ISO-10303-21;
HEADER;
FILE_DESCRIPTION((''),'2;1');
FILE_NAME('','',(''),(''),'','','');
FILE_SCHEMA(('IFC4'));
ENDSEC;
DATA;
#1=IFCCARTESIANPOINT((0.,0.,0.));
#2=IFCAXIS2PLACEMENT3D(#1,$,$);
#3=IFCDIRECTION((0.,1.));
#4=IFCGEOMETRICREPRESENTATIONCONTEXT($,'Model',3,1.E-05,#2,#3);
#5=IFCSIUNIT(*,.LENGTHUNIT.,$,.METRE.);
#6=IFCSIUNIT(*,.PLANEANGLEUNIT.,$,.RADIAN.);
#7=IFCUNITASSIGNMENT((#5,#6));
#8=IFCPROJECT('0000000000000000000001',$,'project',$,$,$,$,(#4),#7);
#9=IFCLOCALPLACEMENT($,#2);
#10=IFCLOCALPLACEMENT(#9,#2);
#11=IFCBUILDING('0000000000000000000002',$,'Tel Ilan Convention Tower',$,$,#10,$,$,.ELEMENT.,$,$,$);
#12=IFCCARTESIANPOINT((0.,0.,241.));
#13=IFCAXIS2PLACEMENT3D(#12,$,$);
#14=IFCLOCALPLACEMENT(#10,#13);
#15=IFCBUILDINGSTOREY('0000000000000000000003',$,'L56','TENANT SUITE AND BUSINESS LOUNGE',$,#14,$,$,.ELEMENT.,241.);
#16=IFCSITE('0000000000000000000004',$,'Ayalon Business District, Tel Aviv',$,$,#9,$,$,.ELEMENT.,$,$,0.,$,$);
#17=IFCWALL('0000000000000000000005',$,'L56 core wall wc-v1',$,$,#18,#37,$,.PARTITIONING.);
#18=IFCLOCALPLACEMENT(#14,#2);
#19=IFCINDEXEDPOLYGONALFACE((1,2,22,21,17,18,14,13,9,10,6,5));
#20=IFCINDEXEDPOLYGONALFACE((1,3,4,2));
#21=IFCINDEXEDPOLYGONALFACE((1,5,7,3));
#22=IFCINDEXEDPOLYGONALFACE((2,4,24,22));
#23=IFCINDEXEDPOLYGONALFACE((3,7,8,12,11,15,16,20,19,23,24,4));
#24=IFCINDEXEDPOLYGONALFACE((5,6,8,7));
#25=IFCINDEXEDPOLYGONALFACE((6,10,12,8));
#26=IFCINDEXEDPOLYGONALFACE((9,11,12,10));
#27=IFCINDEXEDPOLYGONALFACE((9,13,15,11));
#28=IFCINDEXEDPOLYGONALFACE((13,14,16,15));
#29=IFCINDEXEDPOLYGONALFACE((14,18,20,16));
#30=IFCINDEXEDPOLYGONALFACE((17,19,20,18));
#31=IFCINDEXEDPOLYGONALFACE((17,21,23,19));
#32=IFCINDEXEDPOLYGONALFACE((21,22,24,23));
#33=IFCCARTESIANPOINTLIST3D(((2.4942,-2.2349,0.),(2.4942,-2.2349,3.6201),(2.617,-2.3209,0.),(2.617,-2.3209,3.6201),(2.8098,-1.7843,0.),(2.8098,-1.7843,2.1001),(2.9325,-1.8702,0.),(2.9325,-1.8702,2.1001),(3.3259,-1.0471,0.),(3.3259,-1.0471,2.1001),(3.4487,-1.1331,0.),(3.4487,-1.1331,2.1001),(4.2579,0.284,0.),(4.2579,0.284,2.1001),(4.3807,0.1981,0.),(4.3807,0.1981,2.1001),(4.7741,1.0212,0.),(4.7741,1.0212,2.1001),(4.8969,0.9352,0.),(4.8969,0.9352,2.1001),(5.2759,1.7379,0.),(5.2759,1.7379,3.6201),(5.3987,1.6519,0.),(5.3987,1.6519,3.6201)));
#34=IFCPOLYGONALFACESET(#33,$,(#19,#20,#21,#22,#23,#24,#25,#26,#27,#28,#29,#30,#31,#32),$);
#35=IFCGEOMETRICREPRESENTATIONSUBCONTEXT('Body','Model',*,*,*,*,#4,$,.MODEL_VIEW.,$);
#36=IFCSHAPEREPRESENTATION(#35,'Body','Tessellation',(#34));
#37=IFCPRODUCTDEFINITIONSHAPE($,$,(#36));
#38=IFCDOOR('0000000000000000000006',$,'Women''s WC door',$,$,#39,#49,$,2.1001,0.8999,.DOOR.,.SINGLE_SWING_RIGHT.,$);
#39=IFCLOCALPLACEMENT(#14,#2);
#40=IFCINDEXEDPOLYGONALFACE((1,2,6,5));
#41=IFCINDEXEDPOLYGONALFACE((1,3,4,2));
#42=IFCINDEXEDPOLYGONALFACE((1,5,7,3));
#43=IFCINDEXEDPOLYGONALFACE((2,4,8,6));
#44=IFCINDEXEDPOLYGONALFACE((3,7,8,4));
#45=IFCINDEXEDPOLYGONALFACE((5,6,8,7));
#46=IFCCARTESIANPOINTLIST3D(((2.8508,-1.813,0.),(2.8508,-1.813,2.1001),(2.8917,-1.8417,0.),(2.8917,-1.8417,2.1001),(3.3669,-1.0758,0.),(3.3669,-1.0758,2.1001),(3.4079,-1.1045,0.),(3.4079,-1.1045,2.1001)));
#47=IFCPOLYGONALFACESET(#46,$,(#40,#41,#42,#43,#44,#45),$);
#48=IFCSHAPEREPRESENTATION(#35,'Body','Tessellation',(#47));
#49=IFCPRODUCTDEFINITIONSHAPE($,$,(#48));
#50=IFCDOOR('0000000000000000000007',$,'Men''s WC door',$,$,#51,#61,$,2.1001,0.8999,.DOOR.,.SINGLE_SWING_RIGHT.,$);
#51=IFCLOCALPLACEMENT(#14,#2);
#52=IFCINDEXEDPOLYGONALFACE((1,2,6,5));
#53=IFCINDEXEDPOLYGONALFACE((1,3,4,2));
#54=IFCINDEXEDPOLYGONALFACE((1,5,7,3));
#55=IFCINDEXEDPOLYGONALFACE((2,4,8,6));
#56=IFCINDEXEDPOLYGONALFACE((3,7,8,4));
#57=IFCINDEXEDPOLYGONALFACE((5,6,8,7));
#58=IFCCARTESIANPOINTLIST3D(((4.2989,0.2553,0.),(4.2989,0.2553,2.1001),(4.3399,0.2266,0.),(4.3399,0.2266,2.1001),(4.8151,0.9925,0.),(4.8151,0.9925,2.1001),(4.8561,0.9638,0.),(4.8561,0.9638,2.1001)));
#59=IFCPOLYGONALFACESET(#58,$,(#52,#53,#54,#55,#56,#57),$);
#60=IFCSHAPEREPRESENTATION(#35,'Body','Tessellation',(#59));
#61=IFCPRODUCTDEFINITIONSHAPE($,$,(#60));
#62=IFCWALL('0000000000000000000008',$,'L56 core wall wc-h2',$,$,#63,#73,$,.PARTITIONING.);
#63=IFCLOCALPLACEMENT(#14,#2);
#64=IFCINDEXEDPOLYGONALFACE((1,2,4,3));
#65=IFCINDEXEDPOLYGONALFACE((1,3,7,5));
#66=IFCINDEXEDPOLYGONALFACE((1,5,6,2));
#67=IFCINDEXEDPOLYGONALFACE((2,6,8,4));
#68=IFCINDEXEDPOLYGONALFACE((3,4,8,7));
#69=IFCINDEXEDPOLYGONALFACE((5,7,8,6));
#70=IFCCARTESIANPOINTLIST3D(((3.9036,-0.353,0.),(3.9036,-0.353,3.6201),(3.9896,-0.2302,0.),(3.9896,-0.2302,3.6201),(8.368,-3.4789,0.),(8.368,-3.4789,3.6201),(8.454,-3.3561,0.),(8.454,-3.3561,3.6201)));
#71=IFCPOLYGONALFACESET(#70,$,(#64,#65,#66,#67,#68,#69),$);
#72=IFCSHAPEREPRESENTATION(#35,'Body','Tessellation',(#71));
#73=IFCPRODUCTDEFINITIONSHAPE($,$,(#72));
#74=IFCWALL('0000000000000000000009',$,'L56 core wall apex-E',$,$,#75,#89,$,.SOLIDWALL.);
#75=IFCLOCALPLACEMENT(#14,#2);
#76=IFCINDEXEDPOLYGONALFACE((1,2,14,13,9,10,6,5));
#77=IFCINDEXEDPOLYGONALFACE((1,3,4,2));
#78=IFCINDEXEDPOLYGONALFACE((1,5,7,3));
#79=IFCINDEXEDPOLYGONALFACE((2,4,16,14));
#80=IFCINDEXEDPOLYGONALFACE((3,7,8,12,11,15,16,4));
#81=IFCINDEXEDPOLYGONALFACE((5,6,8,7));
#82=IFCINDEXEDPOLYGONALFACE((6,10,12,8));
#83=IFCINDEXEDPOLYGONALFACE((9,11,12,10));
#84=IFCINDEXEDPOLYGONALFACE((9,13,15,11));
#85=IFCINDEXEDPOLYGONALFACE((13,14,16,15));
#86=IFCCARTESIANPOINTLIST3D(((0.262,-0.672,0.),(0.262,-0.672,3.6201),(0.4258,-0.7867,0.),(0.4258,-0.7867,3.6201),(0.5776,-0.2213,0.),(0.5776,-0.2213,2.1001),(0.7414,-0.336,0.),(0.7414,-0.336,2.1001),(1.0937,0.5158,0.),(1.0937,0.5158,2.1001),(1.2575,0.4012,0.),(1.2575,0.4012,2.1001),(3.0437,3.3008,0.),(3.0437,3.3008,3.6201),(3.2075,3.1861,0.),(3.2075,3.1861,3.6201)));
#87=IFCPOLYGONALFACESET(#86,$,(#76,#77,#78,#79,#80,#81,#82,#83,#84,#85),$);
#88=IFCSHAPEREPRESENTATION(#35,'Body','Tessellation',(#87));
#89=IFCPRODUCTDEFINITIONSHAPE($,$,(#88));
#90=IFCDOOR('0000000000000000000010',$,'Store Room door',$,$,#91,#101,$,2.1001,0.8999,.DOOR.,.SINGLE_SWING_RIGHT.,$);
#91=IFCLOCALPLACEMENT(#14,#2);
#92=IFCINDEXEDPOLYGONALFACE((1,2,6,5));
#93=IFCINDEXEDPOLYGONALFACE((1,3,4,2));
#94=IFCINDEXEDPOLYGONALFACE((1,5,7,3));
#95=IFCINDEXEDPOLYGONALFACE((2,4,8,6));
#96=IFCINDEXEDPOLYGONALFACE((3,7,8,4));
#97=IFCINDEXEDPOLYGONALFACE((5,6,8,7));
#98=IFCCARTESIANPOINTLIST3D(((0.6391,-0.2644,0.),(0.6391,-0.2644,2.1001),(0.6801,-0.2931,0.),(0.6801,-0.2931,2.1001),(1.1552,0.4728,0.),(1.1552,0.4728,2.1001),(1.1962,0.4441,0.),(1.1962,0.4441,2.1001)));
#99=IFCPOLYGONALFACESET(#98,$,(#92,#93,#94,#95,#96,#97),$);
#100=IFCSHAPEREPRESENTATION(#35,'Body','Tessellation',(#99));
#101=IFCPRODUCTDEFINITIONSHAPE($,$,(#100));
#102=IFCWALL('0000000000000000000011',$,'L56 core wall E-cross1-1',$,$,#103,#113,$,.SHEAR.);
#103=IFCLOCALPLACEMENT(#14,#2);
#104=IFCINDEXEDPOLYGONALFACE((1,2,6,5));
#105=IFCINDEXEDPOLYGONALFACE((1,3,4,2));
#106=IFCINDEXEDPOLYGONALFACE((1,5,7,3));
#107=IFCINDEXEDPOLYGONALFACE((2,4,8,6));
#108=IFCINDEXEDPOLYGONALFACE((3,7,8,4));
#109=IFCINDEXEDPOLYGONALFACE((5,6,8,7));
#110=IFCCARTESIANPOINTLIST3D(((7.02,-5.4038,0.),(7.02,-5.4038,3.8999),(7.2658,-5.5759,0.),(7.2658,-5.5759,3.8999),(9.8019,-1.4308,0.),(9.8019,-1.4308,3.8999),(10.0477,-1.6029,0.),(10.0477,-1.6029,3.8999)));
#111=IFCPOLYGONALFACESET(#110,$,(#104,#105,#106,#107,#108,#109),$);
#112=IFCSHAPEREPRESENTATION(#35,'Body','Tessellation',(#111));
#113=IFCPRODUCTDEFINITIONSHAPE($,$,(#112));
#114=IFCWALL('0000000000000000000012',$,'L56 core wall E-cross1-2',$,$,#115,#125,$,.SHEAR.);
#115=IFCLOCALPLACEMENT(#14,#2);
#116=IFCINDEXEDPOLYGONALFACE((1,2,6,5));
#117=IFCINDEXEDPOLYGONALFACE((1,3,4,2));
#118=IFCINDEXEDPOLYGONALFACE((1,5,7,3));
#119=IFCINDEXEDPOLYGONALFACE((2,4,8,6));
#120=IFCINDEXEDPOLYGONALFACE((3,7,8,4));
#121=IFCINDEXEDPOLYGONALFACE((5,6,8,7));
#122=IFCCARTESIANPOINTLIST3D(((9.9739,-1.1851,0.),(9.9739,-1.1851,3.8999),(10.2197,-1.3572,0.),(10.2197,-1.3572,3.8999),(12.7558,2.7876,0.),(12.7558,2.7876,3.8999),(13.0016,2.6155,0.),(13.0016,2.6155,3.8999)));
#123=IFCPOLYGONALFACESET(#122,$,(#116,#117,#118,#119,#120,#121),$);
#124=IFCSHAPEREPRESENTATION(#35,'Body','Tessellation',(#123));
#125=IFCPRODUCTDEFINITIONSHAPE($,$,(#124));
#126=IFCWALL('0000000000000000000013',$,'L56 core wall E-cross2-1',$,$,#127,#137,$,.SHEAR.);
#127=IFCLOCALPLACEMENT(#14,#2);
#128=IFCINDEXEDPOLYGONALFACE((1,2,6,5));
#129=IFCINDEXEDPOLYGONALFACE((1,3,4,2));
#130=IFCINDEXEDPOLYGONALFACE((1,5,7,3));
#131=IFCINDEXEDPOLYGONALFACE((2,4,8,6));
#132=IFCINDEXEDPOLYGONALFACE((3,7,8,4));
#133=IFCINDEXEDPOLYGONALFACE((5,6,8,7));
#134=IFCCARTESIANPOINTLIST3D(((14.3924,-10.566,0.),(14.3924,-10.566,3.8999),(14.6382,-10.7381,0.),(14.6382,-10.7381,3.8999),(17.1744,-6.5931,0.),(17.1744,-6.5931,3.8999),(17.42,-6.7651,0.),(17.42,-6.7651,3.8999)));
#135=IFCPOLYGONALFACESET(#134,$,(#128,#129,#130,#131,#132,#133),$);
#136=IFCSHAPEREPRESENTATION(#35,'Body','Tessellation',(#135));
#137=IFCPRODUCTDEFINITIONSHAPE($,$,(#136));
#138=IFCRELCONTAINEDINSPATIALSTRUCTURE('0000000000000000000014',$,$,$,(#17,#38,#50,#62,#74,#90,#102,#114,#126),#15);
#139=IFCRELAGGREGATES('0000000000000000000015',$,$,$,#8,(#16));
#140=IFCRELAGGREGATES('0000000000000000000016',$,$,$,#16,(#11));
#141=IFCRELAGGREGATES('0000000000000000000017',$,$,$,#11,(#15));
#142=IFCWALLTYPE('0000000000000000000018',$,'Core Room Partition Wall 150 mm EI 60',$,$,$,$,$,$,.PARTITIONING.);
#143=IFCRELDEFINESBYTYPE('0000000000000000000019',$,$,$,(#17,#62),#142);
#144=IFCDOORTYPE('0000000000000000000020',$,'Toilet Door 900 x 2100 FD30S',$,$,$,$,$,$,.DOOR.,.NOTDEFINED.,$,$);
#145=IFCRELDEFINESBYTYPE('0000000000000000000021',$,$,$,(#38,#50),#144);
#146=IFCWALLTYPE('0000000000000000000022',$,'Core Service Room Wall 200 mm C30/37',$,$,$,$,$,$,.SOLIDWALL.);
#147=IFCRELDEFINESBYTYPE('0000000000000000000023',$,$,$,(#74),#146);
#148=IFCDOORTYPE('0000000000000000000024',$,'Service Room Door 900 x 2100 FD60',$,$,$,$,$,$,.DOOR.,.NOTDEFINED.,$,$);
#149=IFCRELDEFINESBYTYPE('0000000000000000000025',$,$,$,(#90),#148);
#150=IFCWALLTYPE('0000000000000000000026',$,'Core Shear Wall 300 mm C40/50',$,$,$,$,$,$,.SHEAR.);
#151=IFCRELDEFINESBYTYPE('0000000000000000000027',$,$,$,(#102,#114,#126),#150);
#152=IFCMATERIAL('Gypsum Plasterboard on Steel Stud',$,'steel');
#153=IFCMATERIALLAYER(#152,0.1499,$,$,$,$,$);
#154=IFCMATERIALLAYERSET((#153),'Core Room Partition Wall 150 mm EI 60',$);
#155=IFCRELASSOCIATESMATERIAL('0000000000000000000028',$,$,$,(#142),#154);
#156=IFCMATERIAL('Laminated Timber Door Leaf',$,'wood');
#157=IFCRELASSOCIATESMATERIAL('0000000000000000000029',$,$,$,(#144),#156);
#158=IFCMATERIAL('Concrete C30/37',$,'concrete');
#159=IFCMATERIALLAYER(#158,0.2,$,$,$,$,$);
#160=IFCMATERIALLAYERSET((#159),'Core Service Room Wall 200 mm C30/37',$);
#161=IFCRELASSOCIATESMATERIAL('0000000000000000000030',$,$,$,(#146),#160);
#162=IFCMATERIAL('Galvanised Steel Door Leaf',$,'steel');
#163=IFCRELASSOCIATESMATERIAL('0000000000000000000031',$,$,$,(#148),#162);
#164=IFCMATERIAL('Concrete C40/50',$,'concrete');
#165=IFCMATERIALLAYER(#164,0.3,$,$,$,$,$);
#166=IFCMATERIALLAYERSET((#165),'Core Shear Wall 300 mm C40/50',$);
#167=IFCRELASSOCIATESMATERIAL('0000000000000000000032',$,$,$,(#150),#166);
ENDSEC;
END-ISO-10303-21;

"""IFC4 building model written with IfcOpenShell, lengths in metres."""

from ifc_helpers import new_model, si_unit, direction, frame, frame_2d, origin, place, context, subcontext, project, spatial, polyline, rectangle, outline, extrude, material, layer, layer_set, type_object, element, fill, save


model = new_model("IFC4")

# Units and contexts
model_context = context("Model", 3, precision=1e-05, world=origin(), true_north=direction((0.0, 1.0)))
body_context = subcontext(model_context, "Body", "Model", "MODEL_VIEW")
ifc_project = project(units=[si_unit("LENGTHUNIT", "METRE"), si_unit("PLANEANGLEUNIT", "RADIAN")], contexts=[model_context])

# Site, building, storey
site_placement = place(None, origin())
site = spatial("IfcSite", under=ifc_project, at=site_placement, Name="Ayalon Business District, Tel Aviv", CompositionType="ELEMENT", RefElevation=0.0)
building_placement = place(site_placement, origin())
building = spatial("IfcBuilding", under=site, at=building_placement, Name="Tel Ilan Convention Tower", CompositionType="ELEMENT")
storey_placement = place(building_placement, frame((0.0, 0.0, 241.0)))
storey = spatial("IfcBuildingStorey", under=building, at=storey_placement, Name="L56", Description="TENANT SUITE AND BUSINESS LOUNGE", CompositionType="ELEMENT", Elevation=241.0)

# Wall, openings, doors
ifc_material_1 = material(Name="Gypsum Plasterboard on Steel Stud", Category="steel")
ifc_layer_1 = layer(ifc_material_1, 0.1499)
ifc_layer_set_1 = layer_set([ifc_layer_1], Name="Core Room Partition Wall 150 mm EI 60")
wall_type_1 = type_object("IfcWallType", Name="Core Room Partition Wall 150 mm EI 60", PredefinedType="PARTITIONING", material=ifc_layer_set_1)
wall_1_placement = place(storey_placement, frame((2.5557, -2.2778, 0.0), z_axis=(0.0, 0.0, 1.0), x_axis=(0.57356, 0.819163, 0.0)))
wall_1 = element("IfcWall", 1, at=wall_1_placement, inside=storey, type_object=wall_type_1, Name="L56 core wall wc-v1", PredefinedType="PARTITIONING", context=body_context, shape_type="SweptSolid", body=[
    extrude(rectangle(XDim=4.8499, YDim=0.1499, at=frame_2d((2.4248, 0.0))), origin(), (0.0, 0.0, 1.0), 3.6201),
])
opening_1_placement = place(wall_1_placement, frame((0.55, 0.0, 0.0)))
opening_1 = element("IfcOpeningElement", 2, at=opening_1_placement, cuts=wall_1, PredefinedType="OPENING", context=body_context, shape_type="SweptSolid", body=[
    extrude(rectangle(XDim=0.8999, YDim=2.1001, at=frame_2d((0.45, 1.05))), frame((0.0, 0.085, 0.0), z_axis=(0.0, -1.0, 0.0), x_axis=(1.0, 0.0, 0.0)), (0.0, 0.0, 1.0), 0.1699),
])
opening_2_placement = place(wall_1_placement, frame((3.075, 0.0, 0.0)))
opening_2 = element("IfcOpeningElement", 3, at=opening_2_placement, cuts=wall_1, PredefinedType="OPENING", context=body_context, shape_type="SweptSolid", body=[
    extrude(rectangle(XDim=0.8999, YDim=2.1001, at=frame_2d((0.45, 1.05))), frame((0.0, 0.085, 0.0), z_axis=(0.0, -1.0, 0.0), x_axis=(1.0, 0.0, 0.0)), (0.0, 0.0, 1.0), 0.1699),
])
ifc_material_2 = material(Name="Laminated Timber Door Leaf", Category="wood")
door_type_1 = type_object("IfcDoorType", Name="Toilet Door 900 x 2100 FD30S", OperationType="NOTDEFINED", PredefinedType="DOOR", material=ifc_material_2)
door_1_placement = place(opening_1_placement, origin())
door_1 = element("IfcDoor", 4, at=door_1_placement, inside=storey, type_object=door_type_1, Name="Women's WC door", OperationType="SINGLE_SWING_RIGHT", OverallHeight=2.1001, OverallWidth=0.8999, PredefinedType="DOOR", context=body_context, shape_type="SweptSolid", body=[
    extrude(rectangle(XDim=0.8999, YDim=2.1001, at=frame_2d((0.45, 1.05))), frame((0.0, 0.0249, 0.0), z_axis=(0.0, -1.0, 0.0), x_axis=(1.0, 0.0, 0.0)), (0.0, 0.0, 1.0), 0.05),
])
fill(opening_1, door_1)
door_2_placement = place(opening_2_placement, origin())
door_2 = element("IfcDoor", 5, at=door_2_placement, inside=storey, type_object=door_type_1, Name="Men's WC door", OperationType="SINGLE_SWING_RIGHT", OverallHeight=2.1001, OverallWidth=0.8999, PredefinedType="DOOR", context=body_context, shape_type="SweptSolid", body=[
    extrude(rectangle(XDim=0.8999, YDim=2.1001, at=frame_2d((0.45, 1.05))), frame((0.0, 0.0249, 0.0), z_axis=(0.0, -1.0, 0.0), x_axis=(1.0, 0.0, 0.0)), (0.0, 0.0, 1.0), 0.05),
])
fill(opening_2, door_2)

# Wall
wall_2_placement = place(storey_placement, frame((3.9465, -0.2915, 0.0), z_axis=(0.0, 0.0, 1.0), x_axis=(0.819152, -0.573577, 0.0)))
element("IfcWall", 6, at=wall_2_placement, inside=storey, type_object=wall_type_1, Name="L56 core wall wc-h2", PredefinedType="PARTITIONING", context=body_context, shape_type="SweptSolid", body=[
    extrude(rectangle(XDim=5.45, YDim=0.1499, at=frame_2d((2.7251, 0.0))), origin(), (0.0, 0.0, 1.0), 3.6201),
])

# Wall, opening, door
ifc_material_3 = material(Name="Concrete C30/37", Category="concrete")
ifc_layer_2 = layer(ifc_material_3, 0.2)
ifc_layer_set_2 = layer_set([ifc_layer_2], Name="Core Service Room Wall 200 mm C30/37")
wall_type_2 = type_object("IfcWallType", Name="Core Service Room Wall 200 mm C30/37", PredefinedType="SOLIDWALL", material=ifc_layer_set_2)
wall_3_placement = place(storey_placement, frame((0.344, -0.7292, 0.0), z_axis=(0.0, 0.0, 1.0), x_axis=(0.57356, 0.819163, 0.0)))
wall_3 = element("IfcWall", 7, at=wall_3_placement, inside=storey, type_object=wall_type_2, Name="L56 core wall apex-E", PredefinedType="SOLIDWALL", context=body_context, shape_type="SweptSolid", body=[
    extrude(rectangle(XDim=4.8499, YDim=0.2, at=frame_2d((2.4248, 0.0))), origin(), (0.0, 0.0, 1.0), 3.6201),
])
opening_3_placement = place(wall_3_placement, frame((0.55, 0.0, 0.0)))
opening_3 = element("IfcOpeningElement", 8, at=opening_3_placement, cuts=wall_3, PredefinedType="OPENING", context=body_context, shape_type="SweptSolid", body=[
    extrude(rectangle(XDim=0.8999, YDim=2.1001, at=frame_2d((0.45, 1.05))), frame((0.0, 0.1099, 0.0), z_axis=(0.0, -1.0, 0.0), x_axis=(1.0, 0.0, 0.0)), (0.0, 0.0, 1.0), 0.22),
])
ifc_material_4 = material(Name="Galvanised Steel Door Leaf", Category="steel")
door_type_2 = type_object("IfcDoorType", Name="Service Room Door 900 x 2100 FD60", OperationType="NOTDEFINED", PredefinedType="DOOR", material=ifc_material_4)
door_3_placement = place(opening_3_placement, origin())
door_3 = element("IfcDoor", 9, at=door_3_placement, inside=storey, type_object=door_type_2, Name="Store Room door", OperationType="SINGLE_SWING_RIGHT", OverallHeight=2.1001, OverallWidth=0.8999, PredefinedType="DOOR", context=body_context, shape_type="SweptSolid", body=[
    extrude(rectangle(XDim=0.8999, YDim=2.1001, at=frame_2d((0.45, 1.05))), frame((0.0, 0.0249, 0.0), z_axis=(0.0, -1.0, 0.0), x_axis=(1.0, 0.0, 0.0)), (0.0, 0.0, 1.0), 0.05),
])
fill(opening_3, door_3)

# Walls
ifc_material_5 = material(Name="Concrete C40/50", Category="concrete")
ifc_layer_3 = layer(ifc_material_5, 0.3)
ifc_layer_set_3 = layer_set([ifc_layer_3], Name="Core Shear Wall 300 mm C40/50")
wall_type_3 = type_object("IfcWallType", Name="Core Shear Wall 300 mm C40/50", PredefinedType="SHEAR", material=ifc_layer_set_3)
wall_4_placement = place(storey_placement, frame((7.1428, -5.4897, 0.0), z_axis=(0.0, 0.0, 1.0), x_axis=(0.573618, 0.819123, 0.0)))
element("IfcWall", 10, at=wall_4_placement, inside=storey, type_object=wall_type_3, Name="L56 core wall E-cross1-1", PredefinedType="SHEAR", context=body_context, shape_type="SweptSolid", body=[
    extrude(outline(polyline([(0.0, 0.1499), (0.0, -0.1501), (4.8501, -0.1499), (4.8501, 0.1501), (0.0, 0.1499)])), origin(), (0.0, 0.0, 1.0), 3.8999),
])
wall_5_placement = place(storey_placement, frame((10.0969, -1.2712, 0.0), z_axis=(0.0, 0.0, 1.0), x_axis=(0.57356, 0.819163, 0.0)))
element("IfcWall", 11, at=wall_5_placement, inside=storey, type_object=wall_type_3, Name="L56 core wall E-cross1-2", PredefinedType="SHEAR", context=body_context, shape_type="SweptSolid", body=[
    extrude(outline(polyline([(4.8499, -0.1501), (4.8499, 0.1499), (0.0, 0.1501), (0.0, -0.1499), (4.8499, -0.1501)])), origin(), (0.0, 0.0, 1.0), 3.8999),
])
wall_6_placement = place(storey_placement, frame((14.5154, -10.6521, 0.0), z_axis=(0.0, 0.0, 1.0), x_axis=(0.57356, 0.819163, 0.0)))
element("IfcWall", 12, at=wall_6_placement, inside=storey, type_object=wall_type_3, Name="L56 core wall E-cross2-1", PredefinedType="SHEAR", context=body_context, shape_type="SweptSolid", body=[
    extrude(outline(polyline([(0.0, 0.1501), (0.0, -0.1499), (4.8501, -0.1499), (4.8501, 0.1499), (0.0, 0.1501)])), origin(), (0.0, 0.0, 1.0), 3.8999),
])

save(model, "model.ifc")
